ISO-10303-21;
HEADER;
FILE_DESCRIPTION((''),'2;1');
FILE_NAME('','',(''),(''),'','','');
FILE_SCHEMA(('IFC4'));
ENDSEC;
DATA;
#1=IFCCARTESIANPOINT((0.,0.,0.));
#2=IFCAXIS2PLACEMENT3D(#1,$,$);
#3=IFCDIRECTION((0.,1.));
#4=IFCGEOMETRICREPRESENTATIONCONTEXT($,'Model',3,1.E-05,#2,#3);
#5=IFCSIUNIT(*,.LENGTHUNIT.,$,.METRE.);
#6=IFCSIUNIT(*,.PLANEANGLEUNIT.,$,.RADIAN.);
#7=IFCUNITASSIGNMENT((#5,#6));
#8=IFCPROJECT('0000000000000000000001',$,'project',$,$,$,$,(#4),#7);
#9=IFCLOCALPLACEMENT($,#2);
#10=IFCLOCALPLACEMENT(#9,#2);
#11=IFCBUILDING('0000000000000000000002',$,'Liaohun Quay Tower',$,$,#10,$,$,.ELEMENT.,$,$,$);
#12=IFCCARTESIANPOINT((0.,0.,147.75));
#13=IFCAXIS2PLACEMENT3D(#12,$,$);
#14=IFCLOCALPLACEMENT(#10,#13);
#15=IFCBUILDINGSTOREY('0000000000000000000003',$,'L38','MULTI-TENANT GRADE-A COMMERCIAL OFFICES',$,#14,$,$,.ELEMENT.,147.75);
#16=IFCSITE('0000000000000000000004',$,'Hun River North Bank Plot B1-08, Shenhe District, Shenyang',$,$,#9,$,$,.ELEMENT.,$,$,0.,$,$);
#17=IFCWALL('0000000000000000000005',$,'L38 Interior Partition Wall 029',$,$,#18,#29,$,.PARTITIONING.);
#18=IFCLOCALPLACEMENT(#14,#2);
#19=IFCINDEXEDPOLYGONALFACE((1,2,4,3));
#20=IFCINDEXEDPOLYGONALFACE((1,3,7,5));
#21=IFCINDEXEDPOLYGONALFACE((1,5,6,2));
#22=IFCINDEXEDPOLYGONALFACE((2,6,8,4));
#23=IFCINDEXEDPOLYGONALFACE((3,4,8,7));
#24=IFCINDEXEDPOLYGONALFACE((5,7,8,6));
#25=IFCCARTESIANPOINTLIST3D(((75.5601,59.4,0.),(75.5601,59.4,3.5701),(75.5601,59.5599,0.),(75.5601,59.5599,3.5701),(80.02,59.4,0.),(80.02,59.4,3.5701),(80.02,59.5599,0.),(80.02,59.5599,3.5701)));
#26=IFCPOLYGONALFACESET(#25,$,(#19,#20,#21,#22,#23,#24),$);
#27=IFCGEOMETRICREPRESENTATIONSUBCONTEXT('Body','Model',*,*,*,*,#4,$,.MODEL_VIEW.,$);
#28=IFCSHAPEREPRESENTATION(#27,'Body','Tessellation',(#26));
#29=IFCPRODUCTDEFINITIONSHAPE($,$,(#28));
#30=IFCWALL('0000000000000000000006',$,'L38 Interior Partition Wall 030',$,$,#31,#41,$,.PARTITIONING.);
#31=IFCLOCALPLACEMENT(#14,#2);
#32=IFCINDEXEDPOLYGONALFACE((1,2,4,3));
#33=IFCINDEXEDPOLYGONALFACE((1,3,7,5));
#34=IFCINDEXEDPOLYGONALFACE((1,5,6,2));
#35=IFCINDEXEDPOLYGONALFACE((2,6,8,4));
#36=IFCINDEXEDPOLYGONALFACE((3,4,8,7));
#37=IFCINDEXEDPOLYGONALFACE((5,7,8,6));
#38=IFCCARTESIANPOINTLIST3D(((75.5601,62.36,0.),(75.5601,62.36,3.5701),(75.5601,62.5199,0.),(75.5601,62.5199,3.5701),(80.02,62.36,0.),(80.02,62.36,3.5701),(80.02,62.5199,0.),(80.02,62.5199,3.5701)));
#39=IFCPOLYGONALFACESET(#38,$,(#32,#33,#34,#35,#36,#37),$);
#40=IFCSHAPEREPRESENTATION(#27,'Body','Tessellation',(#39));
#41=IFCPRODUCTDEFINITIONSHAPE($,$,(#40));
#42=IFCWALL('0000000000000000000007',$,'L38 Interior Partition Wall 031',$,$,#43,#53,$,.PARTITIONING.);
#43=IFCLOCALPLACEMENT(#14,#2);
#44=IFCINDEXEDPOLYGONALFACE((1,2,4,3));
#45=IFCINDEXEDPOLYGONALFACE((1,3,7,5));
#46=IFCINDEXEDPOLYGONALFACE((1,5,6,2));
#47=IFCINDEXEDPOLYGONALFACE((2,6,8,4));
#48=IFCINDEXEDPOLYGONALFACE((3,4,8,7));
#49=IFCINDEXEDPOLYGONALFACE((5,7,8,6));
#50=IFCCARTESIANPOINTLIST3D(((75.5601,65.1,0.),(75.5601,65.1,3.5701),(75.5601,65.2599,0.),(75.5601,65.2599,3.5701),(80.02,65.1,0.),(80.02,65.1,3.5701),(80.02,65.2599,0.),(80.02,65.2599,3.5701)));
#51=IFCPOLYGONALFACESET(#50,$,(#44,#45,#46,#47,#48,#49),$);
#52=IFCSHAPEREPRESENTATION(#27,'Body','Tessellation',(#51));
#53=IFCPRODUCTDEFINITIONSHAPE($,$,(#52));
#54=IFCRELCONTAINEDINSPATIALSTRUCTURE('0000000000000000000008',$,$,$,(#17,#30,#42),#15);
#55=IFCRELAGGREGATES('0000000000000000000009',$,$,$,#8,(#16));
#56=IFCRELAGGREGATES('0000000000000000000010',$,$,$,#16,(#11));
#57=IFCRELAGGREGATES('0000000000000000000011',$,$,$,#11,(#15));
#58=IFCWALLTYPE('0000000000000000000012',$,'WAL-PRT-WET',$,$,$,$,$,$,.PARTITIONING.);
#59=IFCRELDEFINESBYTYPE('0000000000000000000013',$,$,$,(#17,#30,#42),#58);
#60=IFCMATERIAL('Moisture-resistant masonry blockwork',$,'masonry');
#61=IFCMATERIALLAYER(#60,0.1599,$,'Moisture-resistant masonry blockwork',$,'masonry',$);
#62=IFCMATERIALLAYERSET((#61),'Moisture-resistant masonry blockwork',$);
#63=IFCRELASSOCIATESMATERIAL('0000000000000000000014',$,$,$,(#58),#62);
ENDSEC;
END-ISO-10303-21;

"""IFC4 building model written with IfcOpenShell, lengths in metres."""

from ifc_helpers import new_model, si_unit, direction, frame, frame_2d, origin, place, context, subcontext, project, spatial, rectangle, extrude, material, layer, layer_set, type_object, element, save


model = new_model("IFC4")

# Units and contexts
model_context = context("Model", 3, precision=1e-05, world=origin(), true_north=direction((0.0, 1.0)))
body_context = subcontext(model_context, "Body", "Model", "MODEL_VIEW")
ifc_project = project(units=[si_unit("LENGTHUNIT", "METRE"), si_unit("PLANEANGLEUNIT", "RADIAN")], contexts=[model_context])

# Site, building, storey
site_placement = place(None, origin())
site = spatial("IfcSite", under=ifc_project, at=site_placement, Name="Hun River North Bank Plot B1-08, Shenhe District, Shenyang", CompositionType="ELEMENT", RefElevation=0.0)
building_placement = place(site_placement, origin())
building = spatial("IfcBuilding", under=site, at=building_placement, Name="Liaohun Quay Tower", CompositionType="ELEMENT")
storey_placement = place(building_placement, frame((0.0, 0.0, 147.75)))
storey = spatial("IfcBuildingStorey", under=building, at=storey_placement, Name="L38", Description="MULTI-TENANT GRADE-A COMMERCIAL OFFICES", CompositionType="ELEMENT", Elevation=147.75)

# Shared definitions
ifc_material_1 = material(Name="Moisture-resistant masonry blockwork", Category="masonry")
ifc_layer_1 = layer(ifc_material_1, 0.1599, Name="Moisture-resistant masonry blockwork", Category="masonry")
ifc_layer_set_1 = layer_set([ifc_layer_1], Name="Moisture-resistant masonry blockwork")
wall_type_1 = type_object("IfcWallType", Name="WAL-PRT-WET", PredefinedType="PARTITIONING", material=ifc_layer_set_1)

# Walls
for number, where, z_axis, x_axis, name in (
    (1, (75.5601, 59.48, 0.0), (0.0, 0.0, 1.0), (1.0, 0.0, 0.0), "L38 Interior Partition Wall 029"),
    (2, (75.5601, 62.4399, 0.0), (0.0, 0.0, 1.0), (1.0, 0.0, 0.0), "L38 Interior Partition Wall 030"),
    (3, (75.5601, 65.1799, 0.0), (0.0, 0.0, 1.0), (1.0, 0.0, 0.0), "L38 Interior Partition Wall 031"),
):
    element("IfcWall", number, at=place(storey_placement, frame(where, z_axis=z_axis, x_axis=x_axis)), inside=storey, type_object=wall_type_1, Name=name, PredefinedType="PARTITIONING", context=body_context, shape_type="SweptSolid", body=[
        extrude(rectangle(XDim=4.46, YDim=0.1599, at=frame_2d((2.23, 0.0))), origin(), (0.0, 0.0, 1.0), 3.5701),
    ])

save(model, "model.ifc")
